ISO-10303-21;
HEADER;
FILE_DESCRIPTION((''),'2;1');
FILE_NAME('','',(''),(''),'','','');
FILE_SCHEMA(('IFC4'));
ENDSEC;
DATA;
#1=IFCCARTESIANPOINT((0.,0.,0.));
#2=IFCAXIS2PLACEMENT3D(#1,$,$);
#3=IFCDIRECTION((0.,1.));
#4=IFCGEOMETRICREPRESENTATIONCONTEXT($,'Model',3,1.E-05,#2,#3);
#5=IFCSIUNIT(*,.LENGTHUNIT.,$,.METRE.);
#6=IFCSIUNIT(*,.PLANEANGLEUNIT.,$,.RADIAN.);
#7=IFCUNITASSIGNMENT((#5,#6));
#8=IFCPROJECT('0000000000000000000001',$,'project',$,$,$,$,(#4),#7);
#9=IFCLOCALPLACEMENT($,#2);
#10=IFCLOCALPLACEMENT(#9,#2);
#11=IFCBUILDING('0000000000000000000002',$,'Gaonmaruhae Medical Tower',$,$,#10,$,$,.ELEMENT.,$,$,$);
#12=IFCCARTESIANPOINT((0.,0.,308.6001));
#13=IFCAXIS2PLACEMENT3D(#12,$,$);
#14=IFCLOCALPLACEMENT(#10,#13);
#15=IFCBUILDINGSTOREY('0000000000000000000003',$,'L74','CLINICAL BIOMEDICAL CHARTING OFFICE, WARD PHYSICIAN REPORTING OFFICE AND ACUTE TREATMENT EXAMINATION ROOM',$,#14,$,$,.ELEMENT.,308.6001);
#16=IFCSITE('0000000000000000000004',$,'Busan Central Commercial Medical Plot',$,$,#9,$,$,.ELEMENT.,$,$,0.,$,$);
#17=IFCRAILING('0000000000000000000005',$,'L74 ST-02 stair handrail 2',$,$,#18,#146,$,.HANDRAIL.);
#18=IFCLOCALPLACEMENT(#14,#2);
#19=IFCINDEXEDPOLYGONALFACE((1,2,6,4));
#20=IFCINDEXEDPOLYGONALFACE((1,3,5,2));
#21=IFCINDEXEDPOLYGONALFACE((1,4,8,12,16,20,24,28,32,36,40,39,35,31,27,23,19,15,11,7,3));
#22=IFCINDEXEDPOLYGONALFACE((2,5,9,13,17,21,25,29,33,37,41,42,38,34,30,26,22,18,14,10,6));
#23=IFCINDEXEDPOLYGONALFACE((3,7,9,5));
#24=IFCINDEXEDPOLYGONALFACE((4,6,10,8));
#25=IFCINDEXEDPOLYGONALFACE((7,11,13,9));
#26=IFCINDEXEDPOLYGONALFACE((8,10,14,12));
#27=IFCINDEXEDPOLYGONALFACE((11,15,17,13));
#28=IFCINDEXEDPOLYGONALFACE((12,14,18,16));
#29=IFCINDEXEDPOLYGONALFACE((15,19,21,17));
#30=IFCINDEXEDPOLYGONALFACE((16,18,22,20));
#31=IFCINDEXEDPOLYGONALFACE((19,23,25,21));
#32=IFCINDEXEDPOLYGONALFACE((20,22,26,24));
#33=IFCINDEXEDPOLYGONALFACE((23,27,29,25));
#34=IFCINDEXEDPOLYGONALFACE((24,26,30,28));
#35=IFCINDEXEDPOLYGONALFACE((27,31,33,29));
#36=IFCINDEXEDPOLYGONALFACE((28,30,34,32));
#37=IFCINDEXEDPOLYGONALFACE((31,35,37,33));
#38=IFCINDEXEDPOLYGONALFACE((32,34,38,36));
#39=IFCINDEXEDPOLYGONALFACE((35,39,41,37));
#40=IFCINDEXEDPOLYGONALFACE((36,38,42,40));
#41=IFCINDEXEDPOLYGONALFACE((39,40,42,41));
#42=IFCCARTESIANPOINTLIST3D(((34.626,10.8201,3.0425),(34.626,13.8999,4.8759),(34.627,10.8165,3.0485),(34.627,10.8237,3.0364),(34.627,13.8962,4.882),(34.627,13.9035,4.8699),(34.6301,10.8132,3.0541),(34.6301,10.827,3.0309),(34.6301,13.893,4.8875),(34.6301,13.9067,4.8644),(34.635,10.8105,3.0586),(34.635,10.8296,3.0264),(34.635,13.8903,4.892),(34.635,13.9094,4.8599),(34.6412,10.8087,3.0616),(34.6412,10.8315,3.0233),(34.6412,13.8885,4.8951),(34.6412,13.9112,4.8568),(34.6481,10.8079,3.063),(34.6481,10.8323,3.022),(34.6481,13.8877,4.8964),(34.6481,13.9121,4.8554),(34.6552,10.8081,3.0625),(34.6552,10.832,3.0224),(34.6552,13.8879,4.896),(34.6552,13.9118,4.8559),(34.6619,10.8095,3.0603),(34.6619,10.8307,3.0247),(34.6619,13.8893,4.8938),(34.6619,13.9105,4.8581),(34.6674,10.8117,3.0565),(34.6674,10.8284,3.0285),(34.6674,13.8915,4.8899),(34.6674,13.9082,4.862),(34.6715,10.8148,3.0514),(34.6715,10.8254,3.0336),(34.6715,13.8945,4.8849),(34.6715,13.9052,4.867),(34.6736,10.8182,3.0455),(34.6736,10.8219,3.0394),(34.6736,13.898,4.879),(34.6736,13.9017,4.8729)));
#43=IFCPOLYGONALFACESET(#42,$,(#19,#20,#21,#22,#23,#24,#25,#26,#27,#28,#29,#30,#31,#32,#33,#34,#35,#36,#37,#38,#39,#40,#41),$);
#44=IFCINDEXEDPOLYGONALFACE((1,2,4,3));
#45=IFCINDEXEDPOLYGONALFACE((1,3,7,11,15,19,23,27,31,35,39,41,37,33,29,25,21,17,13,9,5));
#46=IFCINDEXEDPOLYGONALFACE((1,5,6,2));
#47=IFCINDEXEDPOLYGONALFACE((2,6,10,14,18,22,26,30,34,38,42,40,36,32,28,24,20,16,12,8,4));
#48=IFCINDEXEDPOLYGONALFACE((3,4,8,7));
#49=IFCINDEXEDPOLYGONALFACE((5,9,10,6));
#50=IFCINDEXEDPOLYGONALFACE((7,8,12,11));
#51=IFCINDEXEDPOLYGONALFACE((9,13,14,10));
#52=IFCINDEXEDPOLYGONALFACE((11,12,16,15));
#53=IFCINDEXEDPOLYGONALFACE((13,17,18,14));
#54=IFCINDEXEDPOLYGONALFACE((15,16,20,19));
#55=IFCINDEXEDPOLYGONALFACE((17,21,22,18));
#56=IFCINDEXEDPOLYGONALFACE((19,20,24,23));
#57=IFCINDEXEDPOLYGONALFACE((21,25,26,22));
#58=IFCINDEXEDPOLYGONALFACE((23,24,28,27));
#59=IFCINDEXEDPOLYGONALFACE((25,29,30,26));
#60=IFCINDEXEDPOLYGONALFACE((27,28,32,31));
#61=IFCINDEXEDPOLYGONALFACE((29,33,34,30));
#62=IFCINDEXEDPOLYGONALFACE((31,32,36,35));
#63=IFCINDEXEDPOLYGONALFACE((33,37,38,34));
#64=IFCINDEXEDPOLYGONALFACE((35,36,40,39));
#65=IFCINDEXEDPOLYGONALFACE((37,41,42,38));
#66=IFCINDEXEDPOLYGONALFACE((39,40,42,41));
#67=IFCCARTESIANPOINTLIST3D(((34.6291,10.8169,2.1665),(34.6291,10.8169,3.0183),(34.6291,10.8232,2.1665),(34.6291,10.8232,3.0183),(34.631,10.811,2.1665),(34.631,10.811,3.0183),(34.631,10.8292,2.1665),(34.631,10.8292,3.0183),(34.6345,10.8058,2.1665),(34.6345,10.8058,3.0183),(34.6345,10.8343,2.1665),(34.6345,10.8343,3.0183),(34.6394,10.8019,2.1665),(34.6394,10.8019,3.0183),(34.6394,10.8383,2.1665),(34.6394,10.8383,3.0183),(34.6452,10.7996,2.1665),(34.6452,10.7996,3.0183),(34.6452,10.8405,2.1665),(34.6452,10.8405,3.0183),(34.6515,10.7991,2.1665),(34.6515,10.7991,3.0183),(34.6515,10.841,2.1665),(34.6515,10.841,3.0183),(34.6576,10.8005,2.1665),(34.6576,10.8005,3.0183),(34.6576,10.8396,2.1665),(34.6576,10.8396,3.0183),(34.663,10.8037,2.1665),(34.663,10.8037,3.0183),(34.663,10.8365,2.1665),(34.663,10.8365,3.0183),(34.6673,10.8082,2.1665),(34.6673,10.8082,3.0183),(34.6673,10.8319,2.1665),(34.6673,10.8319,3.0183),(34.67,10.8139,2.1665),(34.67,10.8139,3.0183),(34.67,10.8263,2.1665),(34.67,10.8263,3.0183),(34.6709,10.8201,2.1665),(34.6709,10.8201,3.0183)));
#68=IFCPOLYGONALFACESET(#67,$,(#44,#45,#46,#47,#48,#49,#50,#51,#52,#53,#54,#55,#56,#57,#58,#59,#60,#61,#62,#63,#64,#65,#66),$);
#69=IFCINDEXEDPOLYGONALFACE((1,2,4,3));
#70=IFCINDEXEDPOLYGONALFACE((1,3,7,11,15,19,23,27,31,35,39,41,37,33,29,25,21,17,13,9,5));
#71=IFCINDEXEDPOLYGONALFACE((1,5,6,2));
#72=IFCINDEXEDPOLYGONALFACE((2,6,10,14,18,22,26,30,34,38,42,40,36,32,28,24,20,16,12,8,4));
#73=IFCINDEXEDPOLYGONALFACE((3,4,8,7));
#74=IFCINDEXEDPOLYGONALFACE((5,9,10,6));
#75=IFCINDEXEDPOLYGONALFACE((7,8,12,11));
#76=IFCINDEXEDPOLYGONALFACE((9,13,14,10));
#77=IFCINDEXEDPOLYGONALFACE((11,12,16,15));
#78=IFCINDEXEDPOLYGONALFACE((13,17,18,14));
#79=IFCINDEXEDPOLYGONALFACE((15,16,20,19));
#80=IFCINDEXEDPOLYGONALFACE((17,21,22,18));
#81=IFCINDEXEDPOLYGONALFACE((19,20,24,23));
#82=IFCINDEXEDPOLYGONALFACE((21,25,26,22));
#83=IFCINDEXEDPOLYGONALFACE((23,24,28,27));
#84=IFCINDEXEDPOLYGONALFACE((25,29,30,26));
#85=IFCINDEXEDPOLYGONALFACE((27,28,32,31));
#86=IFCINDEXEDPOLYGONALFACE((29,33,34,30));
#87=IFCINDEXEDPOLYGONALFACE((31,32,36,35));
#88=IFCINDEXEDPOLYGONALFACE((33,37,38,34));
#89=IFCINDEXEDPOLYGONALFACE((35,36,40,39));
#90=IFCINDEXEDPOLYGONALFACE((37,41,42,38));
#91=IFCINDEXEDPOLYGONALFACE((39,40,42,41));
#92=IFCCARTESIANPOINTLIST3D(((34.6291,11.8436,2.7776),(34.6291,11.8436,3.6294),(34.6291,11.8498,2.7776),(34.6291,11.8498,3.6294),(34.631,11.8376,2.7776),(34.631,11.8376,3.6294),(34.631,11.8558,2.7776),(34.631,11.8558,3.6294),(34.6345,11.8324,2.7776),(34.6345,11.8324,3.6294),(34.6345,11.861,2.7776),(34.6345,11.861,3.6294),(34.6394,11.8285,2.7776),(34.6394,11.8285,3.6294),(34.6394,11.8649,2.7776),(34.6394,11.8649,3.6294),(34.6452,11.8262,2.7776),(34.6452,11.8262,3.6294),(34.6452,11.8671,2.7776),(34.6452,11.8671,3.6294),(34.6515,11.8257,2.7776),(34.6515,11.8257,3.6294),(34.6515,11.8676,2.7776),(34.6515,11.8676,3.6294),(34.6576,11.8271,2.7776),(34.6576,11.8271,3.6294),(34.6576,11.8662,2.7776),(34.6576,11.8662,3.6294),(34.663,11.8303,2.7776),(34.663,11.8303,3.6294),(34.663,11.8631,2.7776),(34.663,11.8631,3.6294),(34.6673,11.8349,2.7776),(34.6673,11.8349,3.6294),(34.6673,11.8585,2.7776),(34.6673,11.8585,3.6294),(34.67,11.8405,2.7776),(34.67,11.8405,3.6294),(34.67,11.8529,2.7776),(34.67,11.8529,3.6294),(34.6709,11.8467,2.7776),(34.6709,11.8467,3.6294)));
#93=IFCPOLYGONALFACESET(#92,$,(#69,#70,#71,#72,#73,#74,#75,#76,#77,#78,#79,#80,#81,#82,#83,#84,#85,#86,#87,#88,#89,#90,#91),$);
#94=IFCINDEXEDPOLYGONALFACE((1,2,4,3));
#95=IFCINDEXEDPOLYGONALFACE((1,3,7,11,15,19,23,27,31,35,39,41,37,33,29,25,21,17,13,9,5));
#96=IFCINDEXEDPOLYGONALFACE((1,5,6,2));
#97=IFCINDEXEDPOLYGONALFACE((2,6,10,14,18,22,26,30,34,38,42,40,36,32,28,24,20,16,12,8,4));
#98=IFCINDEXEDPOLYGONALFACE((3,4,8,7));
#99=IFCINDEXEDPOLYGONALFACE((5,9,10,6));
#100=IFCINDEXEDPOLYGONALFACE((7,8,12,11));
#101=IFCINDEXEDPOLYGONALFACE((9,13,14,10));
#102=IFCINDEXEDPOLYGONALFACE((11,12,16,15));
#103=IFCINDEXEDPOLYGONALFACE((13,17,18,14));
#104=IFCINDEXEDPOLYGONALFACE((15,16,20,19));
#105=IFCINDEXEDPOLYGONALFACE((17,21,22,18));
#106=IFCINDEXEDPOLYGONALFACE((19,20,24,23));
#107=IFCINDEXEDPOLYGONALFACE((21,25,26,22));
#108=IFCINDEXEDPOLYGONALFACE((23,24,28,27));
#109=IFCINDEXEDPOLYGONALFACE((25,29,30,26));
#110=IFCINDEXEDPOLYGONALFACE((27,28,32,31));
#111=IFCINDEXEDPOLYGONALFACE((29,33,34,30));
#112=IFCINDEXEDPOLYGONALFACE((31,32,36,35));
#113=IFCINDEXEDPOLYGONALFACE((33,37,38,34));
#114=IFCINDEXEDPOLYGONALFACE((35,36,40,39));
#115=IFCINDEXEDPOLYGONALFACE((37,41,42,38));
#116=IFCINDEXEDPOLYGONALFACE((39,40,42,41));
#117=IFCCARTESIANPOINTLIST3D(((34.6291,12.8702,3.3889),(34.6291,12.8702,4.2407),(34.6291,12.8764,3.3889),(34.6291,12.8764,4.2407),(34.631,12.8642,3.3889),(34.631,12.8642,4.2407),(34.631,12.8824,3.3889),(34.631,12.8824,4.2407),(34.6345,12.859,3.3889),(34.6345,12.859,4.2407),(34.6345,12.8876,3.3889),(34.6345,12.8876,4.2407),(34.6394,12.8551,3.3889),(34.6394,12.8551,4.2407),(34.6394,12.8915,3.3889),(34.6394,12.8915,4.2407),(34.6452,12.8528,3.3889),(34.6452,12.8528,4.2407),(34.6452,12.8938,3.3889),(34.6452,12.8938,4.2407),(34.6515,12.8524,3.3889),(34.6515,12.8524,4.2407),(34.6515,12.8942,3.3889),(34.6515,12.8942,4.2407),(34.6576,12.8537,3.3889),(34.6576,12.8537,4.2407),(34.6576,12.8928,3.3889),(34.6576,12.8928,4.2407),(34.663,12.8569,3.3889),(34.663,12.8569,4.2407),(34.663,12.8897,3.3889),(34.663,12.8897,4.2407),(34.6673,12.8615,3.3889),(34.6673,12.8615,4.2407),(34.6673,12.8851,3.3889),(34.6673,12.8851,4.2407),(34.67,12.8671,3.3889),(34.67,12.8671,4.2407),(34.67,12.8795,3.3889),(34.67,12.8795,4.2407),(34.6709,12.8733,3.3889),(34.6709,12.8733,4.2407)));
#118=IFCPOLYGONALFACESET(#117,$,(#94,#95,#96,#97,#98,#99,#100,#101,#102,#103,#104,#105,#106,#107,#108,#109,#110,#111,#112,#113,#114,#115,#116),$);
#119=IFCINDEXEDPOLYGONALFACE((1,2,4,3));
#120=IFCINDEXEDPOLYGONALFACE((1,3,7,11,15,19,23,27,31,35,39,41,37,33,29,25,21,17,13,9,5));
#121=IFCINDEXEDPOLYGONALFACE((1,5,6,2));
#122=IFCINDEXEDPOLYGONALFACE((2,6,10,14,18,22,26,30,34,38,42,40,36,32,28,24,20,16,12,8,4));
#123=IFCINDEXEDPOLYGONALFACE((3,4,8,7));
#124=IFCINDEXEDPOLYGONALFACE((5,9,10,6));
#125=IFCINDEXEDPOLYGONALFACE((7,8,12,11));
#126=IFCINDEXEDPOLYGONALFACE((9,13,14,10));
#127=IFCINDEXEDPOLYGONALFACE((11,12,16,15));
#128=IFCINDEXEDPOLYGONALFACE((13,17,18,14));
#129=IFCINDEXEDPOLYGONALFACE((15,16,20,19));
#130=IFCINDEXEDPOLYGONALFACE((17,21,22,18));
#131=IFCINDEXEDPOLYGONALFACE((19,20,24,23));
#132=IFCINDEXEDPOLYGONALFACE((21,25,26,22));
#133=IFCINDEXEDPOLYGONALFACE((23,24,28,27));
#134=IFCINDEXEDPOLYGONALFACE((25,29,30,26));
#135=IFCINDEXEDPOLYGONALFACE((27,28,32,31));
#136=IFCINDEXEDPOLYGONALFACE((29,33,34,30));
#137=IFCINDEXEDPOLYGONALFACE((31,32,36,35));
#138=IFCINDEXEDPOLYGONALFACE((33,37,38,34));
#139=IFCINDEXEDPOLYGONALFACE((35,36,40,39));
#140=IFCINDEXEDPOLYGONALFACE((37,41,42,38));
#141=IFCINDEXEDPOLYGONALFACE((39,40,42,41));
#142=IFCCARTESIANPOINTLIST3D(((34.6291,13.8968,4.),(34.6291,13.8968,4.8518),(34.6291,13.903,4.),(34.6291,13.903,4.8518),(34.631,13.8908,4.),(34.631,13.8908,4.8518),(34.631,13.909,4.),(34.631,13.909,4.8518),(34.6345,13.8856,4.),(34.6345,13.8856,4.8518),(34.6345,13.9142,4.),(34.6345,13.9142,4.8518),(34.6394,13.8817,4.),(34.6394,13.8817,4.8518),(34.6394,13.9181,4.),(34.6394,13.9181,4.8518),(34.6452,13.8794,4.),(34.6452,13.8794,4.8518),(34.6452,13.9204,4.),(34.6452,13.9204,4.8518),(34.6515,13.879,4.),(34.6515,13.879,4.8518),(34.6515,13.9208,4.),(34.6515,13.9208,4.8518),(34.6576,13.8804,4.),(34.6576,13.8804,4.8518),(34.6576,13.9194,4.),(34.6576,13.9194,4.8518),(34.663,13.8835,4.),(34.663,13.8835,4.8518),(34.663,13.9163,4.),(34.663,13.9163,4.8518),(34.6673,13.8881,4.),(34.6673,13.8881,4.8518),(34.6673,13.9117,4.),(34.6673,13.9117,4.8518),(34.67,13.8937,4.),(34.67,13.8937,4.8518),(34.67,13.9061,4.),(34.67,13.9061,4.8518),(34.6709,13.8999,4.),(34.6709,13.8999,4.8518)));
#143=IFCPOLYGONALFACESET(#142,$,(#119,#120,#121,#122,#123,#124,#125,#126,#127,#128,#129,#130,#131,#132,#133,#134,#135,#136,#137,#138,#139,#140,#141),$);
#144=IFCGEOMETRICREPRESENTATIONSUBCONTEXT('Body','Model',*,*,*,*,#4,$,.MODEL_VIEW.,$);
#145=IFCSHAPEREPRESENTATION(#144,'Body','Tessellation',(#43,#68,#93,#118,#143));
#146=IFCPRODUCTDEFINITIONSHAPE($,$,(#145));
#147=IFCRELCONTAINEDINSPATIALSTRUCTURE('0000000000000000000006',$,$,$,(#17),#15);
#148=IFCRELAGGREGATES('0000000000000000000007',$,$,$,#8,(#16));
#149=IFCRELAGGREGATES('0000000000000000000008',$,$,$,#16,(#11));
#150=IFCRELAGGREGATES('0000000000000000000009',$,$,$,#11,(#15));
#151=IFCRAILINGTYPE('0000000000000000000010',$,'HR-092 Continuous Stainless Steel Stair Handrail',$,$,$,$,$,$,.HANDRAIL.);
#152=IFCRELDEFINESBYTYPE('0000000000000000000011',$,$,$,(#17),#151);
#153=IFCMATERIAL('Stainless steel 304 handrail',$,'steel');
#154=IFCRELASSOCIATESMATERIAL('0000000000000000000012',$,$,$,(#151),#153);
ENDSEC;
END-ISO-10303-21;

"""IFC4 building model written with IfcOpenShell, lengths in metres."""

from ifc_helpers import new_model, si_unit, direction, frame, origin, origin_2d, place, context, subcontext, project, spatial, circle, extrude, material, type_object, element, save


model = new_model("IFC4")

# Units and contexts
model_context = context("Model", 3, precision=1e-05, world=origin(), true_north=direction((0.0, 1.0)))
body_context = subcontext(model_context, "Body", "Model", "MODEL_VIEW")
ifc_project = project(units=[si_unit("LENGTHUNIT", "METRE"), si_unit("PLANEANGLEUNIT", "RADIAN")], contexts=[model_context])

# Site, building, storey
site_placement = place(None, origin())
site = spatial("IfcSite", under=ifc_project, at=site_placement, Name="Busan Central Commercial Medical Plot", CompositionType="ELEMENT", RefElevation=0.0)
building_placement = place(site_placement, origin())
building = spatial("IfcBuilding", under=site, at=building_placement, Name="Gaonmaruhae Medical Tower", CompositionType="ELEMENT")
storey_placement = place(building_placement, frame((0.0, 0.0, 308.6001)))
storey = spatial("IfcBuildingStorey", under=building, at=storey_placement, Name="L74", Description="CLINICAL BIOMEDICAL CHARTING OFFICE, WARD PHYSICIAN REPORTING OFFICE AND ACUTE TREATMENT EXAMINATION ROOM", CompositionType="ELEMENT", Elevation=308.6001)

# Railing
ifc_material_1 = material(Name="Stainless steel 304 handrail", Category="steel")
railing_type_1 = type_object("IfcRailingType", Name="HR-092 Continuous Stainless Steel Stair Handrail", PredefinedType="HANDRAIL", material=ifc_material_1)
railing_1_placement = place(storey_placement, frame((34.6499, 10.8201, 2.1665)))
element("IfcRailing", 1, at=railing_1_placement, inside=storey, type_object=railing_type_1, Name="L74 ST-02 stair handrail 2", PredefinedType="HANDRAIL", context=body_context, shape_type="SweptSolid", body=[
    extrude(circle(Radius=0.0239, at=origin_2d()), frame((0.0, 0.0, 0.876), z_axis=(0.0, 0.859261, 0.511538), x_axis=(-1.0, 0.0, 0.0)), (0.0, 0.0, 1.0), 3.5842),
    extrude(circle(Radius=0.021, at=origin_2d()), origin(), (0.0, 0.0, 1.0), 0.8518),
    extrude(circle(Radius=0.021, at=origin_2d()), frame((0.0, 1.0266, 0.6111)), (0.0, 0.0, 1.0), 0.8518),
    extrude(circle(Radius=0.021, at=origin_2d()), frame((0.0, 2.0532, 1.2224)), (0.0, 0.0, 1.0), 0.8518),
    extrude(circle(Radius=0.021, at=origin_2d()), frame((0.0, 3.0798, 1.8335)), (0.0, 0.0, 1.0), 0.8518),
])

save(model, "model.ifc")
